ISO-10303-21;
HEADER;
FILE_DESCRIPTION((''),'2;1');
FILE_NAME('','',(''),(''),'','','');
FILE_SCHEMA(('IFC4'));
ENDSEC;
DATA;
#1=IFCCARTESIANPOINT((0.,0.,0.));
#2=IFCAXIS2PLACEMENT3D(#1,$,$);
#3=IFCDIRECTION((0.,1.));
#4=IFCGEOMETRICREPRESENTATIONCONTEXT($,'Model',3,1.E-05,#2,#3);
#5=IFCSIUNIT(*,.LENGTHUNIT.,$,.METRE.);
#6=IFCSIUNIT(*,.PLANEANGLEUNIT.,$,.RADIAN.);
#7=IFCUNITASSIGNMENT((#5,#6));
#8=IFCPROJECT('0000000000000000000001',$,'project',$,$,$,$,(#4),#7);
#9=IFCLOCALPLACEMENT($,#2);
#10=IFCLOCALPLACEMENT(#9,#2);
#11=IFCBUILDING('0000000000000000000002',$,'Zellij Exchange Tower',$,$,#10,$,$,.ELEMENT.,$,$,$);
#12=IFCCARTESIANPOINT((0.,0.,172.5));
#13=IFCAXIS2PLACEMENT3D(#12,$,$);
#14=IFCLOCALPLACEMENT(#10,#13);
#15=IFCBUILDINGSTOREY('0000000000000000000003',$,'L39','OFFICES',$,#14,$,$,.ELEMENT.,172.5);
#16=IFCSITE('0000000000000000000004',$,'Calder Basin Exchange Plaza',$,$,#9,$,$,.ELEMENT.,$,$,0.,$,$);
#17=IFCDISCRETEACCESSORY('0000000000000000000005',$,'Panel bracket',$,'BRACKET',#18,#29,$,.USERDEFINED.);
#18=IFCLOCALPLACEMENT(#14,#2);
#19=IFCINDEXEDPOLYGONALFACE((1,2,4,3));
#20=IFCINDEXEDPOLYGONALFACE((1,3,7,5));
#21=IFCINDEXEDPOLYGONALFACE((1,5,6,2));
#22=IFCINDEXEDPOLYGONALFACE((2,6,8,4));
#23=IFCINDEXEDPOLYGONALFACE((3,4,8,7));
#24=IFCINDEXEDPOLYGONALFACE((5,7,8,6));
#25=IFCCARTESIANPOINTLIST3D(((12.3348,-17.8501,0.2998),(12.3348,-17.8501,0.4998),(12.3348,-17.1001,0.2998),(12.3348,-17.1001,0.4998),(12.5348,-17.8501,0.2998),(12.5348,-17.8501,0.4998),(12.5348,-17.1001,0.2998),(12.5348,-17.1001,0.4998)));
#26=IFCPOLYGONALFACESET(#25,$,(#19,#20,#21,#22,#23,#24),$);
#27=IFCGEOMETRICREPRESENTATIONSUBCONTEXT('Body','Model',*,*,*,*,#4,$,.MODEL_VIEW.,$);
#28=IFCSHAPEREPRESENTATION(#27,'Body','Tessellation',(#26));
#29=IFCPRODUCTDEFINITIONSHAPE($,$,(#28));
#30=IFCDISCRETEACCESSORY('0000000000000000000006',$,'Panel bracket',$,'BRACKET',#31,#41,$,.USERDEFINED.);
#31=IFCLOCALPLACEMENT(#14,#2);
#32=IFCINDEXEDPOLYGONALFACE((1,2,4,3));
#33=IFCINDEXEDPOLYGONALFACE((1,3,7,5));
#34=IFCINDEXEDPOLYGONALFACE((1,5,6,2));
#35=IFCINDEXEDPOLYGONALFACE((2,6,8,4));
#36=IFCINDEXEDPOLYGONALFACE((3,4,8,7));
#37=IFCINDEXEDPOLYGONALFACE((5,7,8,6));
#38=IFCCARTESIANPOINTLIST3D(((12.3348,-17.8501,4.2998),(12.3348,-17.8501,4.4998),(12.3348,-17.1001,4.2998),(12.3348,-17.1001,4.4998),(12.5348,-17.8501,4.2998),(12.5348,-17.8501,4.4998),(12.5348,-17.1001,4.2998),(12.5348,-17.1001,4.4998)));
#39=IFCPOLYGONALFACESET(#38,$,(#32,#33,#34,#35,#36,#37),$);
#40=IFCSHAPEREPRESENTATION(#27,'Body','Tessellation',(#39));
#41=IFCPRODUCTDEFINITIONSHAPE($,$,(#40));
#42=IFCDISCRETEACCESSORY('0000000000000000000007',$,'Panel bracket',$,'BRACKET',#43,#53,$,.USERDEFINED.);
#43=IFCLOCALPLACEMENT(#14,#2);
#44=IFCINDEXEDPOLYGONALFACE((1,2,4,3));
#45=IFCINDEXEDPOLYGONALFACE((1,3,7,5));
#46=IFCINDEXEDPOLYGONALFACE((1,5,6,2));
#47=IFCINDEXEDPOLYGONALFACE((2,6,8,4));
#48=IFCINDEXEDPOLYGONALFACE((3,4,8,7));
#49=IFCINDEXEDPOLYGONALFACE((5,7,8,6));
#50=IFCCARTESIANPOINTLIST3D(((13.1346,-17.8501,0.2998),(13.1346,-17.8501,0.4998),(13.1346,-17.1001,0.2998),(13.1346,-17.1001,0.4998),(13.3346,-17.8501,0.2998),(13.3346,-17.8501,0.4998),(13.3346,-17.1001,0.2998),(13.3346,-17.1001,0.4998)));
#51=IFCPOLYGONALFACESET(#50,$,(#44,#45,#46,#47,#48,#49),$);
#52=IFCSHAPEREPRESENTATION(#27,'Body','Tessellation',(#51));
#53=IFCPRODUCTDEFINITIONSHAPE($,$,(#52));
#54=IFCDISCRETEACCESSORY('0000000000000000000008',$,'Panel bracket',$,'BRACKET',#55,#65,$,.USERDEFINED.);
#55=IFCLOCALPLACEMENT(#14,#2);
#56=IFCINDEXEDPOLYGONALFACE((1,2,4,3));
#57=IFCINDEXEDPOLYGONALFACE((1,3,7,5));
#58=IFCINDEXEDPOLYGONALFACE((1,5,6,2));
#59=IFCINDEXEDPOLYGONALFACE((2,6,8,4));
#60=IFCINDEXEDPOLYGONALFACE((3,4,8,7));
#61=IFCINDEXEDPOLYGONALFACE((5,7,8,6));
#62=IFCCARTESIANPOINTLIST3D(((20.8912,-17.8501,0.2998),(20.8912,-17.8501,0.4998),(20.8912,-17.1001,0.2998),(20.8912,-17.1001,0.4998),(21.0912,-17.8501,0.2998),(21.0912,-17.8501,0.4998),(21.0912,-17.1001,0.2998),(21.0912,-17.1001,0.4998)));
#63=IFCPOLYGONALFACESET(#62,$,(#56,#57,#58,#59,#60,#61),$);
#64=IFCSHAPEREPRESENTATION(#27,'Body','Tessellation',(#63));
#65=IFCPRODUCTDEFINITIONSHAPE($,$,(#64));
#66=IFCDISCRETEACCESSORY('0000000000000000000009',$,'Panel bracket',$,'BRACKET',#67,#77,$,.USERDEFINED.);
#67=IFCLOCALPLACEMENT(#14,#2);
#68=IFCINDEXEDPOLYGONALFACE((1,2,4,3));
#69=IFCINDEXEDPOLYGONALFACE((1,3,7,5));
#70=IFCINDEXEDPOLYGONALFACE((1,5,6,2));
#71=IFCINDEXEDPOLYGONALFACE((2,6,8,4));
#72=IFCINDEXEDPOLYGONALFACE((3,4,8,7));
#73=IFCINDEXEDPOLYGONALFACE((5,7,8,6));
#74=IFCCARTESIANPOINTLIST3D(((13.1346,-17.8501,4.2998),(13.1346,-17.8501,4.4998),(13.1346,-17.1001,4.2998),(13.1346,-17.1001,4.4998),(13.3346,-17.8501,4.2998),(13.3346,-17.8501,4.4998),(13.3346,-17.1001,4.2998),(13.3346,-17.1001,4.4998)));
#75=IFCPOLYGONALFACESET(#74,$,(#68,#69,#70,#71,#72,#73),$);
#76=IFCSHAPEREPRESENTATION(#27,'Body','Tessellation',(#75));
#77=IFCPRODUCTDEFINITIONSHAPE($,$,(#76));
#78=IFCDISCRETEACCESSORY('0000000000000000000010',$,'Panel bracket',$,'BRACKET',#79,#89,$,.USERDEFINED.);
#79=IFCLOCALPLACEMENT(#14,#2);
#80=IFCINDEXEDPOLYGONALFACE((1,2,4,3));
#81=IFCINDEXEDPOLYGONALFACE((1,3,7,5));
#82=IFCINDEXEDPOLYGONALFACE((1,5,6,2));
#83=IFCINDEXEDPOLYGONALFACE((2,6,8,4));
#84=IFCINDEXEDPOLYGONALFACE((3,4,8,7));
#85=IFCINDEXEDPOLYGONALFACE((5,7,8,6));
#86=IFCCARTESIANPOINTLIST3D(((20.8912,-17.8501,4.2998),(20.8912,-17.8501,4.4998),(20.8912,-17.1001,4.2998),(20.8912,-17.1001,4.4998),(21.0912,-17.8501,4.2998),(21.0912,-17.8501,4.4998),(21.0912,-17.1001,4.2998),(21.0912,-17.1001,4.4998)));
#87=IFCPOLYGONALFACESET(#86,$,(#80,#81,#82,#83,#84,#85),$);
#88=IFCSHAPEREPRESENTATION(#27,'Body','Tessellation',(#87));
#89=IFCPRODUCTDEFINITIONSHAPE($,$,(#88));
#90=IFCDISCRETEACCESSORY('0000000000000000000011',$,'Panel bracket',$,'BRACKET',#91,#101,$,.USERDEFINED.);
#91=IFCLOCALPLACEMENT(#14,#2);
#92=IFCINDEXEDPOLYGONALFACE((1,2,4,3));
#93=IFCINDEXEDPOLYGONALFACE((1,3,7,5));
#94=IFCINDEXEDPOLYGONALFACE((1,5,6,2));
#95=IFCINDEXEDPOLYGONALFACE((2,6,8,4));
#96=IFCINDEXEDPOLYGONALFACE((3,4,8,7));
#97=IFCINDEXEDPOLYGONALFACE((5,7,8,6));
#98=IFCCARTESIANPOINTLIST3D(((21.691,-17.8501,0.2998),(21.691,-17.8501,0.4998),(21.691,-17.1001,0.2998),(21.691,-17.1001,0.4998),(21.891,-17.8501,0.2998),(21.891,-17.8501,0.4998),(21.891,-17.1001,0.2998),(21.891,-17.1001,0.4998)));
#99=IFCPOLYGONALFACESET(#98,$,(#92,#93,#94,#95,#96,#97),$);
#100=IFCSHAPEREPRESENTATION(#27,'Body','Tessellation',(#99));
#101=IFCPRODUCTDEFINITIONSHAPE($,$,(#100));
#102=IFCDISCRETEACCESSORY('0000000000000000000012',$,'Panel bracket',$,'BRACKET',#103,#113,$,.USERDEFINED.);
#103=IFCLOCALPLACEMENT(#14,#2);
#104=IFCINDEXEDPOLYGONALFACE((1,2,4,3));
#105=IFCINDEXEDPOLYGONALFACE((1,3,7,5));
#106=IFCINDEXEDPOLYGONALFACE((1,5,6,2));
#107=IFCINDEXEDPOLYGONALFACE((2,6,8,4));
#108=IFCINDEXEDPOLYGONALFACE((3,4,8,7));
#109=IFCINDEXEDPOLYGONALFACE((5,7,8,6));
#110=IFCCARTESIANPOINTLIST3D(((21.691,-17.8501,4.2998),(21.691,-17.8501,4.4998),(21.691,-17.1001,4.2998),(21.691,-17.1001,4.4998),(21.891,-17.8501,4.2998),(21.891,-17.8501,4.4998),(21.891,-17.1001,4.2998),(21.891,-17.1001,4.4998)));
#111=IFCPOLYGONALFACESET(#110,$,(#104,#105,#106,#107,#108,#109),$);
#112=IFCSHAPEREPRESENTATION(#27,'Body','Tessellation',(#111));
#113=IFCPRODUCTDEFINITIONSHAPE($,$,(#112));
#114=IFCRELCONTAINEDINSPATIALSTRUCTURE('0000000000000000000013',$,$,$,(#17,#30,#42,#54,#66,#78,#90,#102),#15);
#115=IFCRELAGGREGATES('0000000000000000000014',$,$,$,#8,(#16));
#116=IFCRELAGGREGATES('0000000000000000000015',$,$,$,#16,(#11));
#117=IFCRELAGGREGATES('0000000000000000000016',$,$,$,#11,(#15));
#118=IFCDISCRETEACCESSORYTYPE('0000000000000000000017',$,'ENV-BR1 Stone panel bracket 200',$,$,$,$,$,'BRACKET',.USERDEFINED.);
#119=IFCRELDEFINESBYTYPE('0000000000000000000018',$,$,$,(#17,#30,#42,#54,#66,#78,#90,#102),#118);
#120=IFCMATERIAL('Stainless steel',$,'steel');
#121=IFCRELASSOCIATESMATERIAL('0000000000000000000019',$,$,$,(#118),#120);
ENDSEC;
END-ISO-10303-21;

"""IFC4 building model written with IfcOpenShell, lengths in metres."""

from ifc_helpers import new_model, si_unit, direction, frame, origin, origin_2d, place, context, subcontext, project, spatial, rectangle, extrude, material, type_object, element, save


model = new_model("IFC4")

# Units and contexts
model_context = context("Model", 3, precision=1e-05, world=origin(), true_north=direction((0.0, 1.0)))
body_context = subcontext(model_context, "Body", "Model", "MODEL_VIEW")
ifc_project = project(units=[si_unit("LENGTHUNIT", "METRE"), si_unit("PLANEANGLEUNIT", "RADIAN")], contexts=[model_context])

# Site, building, storey
site_placement = place(None, origin())
site = spatial("IfcSite", under=ifc_project, at=site_placement, Name="Calder Basin Exchange Plaza", CompositionType="ELEMENT", RefElevation=0.0)
building_placement = place(site_placement, origin())
building = spatial("IfcBuilding", under=site, at=building_placement, Name="Zellij Exchange Tower", CompositionType="ELEMENT")
storey_placement = place(building_placement, frame((0.0, 0.0, 172.5)))
storey = spatial("IfcBuildingStorey", under=building, at=storey_placement, Name="L39", Description="OFFICES", CompositionType="ELEMENT", Elevation=172.5)

# Shared definitions
ifc_material_1 = material(Name="Stainless steel", Category="steel")

# Discrete accessories
discrete_accessory_type = type_object("IfcDiscreteAccessoryType", Name="ENV-BR1 Stone panel bracket 200", ElementType="BRACKET", PredefinedType="USERDEFINED", material=ifc_material_1)
for number, where, z_axis, x_axis, name in (
    (1, (12.4348, -17.4751, 0.2998), (0.0, 0.0, 1.0), (1.0, 0.0, 0.0), "Panel bracket"),
    (2, (12.4348, -17.4751, 4.2998), (0.0, 0.0, 1.0), (1.0, 0.0, 0.0), "Panel bracket"),
    (3, (13.2346, -17.4751, 0.2998), (0.0, 0.0, 1.0), (1.0, 0.0, 0.0), "Panel bracket"),
    (4, (20.9912, -17.4751, 0.2998), (0.0, 0.0, 1.0), (1.0, 0.0, 0.0), "Panel bracket"),
    (5, (13.2346, -17.4751, 4.2998), (0.0, 0.0, 1.0), (1.0, 0.0, 0.0), "Panel bracket"),
    (6, (20.9912, -17.4751, 4.2998), (0.0, 0.0, 1.0), (1.0, 0.0, 0.0), "Panel bracket"),
    (7, (21.791, -17.4751, 0.2998), (0.0, 0.0, 1.0), (1.0, 0.0, 0.0), "Panel bracket"),
    (8, (21.791, -17.4751, 4.2998), (0.0, 0.0, 1.0), (1.0, 0.0, 0.0), "Panel bracket"),
):
    element("IfcDiscreteAccessory", number, at=place(storey_placement, frame(where, z_axis=z_axis, x_axis=x_axis)), inside=storey, type_object=discrete_accessory_type, Name=name, ObjectType="BRACKET", PredefinedType="USERDEFINED", context=body_context, shape_type="SweptSolid", body=[
        extrude(rectangle(XDim=0.2, YDim=0.75, at=origin_2d()), origin(), (0.0, 0.0, 1.0), 0.2),
    ])

save(model, "model.ifc")
